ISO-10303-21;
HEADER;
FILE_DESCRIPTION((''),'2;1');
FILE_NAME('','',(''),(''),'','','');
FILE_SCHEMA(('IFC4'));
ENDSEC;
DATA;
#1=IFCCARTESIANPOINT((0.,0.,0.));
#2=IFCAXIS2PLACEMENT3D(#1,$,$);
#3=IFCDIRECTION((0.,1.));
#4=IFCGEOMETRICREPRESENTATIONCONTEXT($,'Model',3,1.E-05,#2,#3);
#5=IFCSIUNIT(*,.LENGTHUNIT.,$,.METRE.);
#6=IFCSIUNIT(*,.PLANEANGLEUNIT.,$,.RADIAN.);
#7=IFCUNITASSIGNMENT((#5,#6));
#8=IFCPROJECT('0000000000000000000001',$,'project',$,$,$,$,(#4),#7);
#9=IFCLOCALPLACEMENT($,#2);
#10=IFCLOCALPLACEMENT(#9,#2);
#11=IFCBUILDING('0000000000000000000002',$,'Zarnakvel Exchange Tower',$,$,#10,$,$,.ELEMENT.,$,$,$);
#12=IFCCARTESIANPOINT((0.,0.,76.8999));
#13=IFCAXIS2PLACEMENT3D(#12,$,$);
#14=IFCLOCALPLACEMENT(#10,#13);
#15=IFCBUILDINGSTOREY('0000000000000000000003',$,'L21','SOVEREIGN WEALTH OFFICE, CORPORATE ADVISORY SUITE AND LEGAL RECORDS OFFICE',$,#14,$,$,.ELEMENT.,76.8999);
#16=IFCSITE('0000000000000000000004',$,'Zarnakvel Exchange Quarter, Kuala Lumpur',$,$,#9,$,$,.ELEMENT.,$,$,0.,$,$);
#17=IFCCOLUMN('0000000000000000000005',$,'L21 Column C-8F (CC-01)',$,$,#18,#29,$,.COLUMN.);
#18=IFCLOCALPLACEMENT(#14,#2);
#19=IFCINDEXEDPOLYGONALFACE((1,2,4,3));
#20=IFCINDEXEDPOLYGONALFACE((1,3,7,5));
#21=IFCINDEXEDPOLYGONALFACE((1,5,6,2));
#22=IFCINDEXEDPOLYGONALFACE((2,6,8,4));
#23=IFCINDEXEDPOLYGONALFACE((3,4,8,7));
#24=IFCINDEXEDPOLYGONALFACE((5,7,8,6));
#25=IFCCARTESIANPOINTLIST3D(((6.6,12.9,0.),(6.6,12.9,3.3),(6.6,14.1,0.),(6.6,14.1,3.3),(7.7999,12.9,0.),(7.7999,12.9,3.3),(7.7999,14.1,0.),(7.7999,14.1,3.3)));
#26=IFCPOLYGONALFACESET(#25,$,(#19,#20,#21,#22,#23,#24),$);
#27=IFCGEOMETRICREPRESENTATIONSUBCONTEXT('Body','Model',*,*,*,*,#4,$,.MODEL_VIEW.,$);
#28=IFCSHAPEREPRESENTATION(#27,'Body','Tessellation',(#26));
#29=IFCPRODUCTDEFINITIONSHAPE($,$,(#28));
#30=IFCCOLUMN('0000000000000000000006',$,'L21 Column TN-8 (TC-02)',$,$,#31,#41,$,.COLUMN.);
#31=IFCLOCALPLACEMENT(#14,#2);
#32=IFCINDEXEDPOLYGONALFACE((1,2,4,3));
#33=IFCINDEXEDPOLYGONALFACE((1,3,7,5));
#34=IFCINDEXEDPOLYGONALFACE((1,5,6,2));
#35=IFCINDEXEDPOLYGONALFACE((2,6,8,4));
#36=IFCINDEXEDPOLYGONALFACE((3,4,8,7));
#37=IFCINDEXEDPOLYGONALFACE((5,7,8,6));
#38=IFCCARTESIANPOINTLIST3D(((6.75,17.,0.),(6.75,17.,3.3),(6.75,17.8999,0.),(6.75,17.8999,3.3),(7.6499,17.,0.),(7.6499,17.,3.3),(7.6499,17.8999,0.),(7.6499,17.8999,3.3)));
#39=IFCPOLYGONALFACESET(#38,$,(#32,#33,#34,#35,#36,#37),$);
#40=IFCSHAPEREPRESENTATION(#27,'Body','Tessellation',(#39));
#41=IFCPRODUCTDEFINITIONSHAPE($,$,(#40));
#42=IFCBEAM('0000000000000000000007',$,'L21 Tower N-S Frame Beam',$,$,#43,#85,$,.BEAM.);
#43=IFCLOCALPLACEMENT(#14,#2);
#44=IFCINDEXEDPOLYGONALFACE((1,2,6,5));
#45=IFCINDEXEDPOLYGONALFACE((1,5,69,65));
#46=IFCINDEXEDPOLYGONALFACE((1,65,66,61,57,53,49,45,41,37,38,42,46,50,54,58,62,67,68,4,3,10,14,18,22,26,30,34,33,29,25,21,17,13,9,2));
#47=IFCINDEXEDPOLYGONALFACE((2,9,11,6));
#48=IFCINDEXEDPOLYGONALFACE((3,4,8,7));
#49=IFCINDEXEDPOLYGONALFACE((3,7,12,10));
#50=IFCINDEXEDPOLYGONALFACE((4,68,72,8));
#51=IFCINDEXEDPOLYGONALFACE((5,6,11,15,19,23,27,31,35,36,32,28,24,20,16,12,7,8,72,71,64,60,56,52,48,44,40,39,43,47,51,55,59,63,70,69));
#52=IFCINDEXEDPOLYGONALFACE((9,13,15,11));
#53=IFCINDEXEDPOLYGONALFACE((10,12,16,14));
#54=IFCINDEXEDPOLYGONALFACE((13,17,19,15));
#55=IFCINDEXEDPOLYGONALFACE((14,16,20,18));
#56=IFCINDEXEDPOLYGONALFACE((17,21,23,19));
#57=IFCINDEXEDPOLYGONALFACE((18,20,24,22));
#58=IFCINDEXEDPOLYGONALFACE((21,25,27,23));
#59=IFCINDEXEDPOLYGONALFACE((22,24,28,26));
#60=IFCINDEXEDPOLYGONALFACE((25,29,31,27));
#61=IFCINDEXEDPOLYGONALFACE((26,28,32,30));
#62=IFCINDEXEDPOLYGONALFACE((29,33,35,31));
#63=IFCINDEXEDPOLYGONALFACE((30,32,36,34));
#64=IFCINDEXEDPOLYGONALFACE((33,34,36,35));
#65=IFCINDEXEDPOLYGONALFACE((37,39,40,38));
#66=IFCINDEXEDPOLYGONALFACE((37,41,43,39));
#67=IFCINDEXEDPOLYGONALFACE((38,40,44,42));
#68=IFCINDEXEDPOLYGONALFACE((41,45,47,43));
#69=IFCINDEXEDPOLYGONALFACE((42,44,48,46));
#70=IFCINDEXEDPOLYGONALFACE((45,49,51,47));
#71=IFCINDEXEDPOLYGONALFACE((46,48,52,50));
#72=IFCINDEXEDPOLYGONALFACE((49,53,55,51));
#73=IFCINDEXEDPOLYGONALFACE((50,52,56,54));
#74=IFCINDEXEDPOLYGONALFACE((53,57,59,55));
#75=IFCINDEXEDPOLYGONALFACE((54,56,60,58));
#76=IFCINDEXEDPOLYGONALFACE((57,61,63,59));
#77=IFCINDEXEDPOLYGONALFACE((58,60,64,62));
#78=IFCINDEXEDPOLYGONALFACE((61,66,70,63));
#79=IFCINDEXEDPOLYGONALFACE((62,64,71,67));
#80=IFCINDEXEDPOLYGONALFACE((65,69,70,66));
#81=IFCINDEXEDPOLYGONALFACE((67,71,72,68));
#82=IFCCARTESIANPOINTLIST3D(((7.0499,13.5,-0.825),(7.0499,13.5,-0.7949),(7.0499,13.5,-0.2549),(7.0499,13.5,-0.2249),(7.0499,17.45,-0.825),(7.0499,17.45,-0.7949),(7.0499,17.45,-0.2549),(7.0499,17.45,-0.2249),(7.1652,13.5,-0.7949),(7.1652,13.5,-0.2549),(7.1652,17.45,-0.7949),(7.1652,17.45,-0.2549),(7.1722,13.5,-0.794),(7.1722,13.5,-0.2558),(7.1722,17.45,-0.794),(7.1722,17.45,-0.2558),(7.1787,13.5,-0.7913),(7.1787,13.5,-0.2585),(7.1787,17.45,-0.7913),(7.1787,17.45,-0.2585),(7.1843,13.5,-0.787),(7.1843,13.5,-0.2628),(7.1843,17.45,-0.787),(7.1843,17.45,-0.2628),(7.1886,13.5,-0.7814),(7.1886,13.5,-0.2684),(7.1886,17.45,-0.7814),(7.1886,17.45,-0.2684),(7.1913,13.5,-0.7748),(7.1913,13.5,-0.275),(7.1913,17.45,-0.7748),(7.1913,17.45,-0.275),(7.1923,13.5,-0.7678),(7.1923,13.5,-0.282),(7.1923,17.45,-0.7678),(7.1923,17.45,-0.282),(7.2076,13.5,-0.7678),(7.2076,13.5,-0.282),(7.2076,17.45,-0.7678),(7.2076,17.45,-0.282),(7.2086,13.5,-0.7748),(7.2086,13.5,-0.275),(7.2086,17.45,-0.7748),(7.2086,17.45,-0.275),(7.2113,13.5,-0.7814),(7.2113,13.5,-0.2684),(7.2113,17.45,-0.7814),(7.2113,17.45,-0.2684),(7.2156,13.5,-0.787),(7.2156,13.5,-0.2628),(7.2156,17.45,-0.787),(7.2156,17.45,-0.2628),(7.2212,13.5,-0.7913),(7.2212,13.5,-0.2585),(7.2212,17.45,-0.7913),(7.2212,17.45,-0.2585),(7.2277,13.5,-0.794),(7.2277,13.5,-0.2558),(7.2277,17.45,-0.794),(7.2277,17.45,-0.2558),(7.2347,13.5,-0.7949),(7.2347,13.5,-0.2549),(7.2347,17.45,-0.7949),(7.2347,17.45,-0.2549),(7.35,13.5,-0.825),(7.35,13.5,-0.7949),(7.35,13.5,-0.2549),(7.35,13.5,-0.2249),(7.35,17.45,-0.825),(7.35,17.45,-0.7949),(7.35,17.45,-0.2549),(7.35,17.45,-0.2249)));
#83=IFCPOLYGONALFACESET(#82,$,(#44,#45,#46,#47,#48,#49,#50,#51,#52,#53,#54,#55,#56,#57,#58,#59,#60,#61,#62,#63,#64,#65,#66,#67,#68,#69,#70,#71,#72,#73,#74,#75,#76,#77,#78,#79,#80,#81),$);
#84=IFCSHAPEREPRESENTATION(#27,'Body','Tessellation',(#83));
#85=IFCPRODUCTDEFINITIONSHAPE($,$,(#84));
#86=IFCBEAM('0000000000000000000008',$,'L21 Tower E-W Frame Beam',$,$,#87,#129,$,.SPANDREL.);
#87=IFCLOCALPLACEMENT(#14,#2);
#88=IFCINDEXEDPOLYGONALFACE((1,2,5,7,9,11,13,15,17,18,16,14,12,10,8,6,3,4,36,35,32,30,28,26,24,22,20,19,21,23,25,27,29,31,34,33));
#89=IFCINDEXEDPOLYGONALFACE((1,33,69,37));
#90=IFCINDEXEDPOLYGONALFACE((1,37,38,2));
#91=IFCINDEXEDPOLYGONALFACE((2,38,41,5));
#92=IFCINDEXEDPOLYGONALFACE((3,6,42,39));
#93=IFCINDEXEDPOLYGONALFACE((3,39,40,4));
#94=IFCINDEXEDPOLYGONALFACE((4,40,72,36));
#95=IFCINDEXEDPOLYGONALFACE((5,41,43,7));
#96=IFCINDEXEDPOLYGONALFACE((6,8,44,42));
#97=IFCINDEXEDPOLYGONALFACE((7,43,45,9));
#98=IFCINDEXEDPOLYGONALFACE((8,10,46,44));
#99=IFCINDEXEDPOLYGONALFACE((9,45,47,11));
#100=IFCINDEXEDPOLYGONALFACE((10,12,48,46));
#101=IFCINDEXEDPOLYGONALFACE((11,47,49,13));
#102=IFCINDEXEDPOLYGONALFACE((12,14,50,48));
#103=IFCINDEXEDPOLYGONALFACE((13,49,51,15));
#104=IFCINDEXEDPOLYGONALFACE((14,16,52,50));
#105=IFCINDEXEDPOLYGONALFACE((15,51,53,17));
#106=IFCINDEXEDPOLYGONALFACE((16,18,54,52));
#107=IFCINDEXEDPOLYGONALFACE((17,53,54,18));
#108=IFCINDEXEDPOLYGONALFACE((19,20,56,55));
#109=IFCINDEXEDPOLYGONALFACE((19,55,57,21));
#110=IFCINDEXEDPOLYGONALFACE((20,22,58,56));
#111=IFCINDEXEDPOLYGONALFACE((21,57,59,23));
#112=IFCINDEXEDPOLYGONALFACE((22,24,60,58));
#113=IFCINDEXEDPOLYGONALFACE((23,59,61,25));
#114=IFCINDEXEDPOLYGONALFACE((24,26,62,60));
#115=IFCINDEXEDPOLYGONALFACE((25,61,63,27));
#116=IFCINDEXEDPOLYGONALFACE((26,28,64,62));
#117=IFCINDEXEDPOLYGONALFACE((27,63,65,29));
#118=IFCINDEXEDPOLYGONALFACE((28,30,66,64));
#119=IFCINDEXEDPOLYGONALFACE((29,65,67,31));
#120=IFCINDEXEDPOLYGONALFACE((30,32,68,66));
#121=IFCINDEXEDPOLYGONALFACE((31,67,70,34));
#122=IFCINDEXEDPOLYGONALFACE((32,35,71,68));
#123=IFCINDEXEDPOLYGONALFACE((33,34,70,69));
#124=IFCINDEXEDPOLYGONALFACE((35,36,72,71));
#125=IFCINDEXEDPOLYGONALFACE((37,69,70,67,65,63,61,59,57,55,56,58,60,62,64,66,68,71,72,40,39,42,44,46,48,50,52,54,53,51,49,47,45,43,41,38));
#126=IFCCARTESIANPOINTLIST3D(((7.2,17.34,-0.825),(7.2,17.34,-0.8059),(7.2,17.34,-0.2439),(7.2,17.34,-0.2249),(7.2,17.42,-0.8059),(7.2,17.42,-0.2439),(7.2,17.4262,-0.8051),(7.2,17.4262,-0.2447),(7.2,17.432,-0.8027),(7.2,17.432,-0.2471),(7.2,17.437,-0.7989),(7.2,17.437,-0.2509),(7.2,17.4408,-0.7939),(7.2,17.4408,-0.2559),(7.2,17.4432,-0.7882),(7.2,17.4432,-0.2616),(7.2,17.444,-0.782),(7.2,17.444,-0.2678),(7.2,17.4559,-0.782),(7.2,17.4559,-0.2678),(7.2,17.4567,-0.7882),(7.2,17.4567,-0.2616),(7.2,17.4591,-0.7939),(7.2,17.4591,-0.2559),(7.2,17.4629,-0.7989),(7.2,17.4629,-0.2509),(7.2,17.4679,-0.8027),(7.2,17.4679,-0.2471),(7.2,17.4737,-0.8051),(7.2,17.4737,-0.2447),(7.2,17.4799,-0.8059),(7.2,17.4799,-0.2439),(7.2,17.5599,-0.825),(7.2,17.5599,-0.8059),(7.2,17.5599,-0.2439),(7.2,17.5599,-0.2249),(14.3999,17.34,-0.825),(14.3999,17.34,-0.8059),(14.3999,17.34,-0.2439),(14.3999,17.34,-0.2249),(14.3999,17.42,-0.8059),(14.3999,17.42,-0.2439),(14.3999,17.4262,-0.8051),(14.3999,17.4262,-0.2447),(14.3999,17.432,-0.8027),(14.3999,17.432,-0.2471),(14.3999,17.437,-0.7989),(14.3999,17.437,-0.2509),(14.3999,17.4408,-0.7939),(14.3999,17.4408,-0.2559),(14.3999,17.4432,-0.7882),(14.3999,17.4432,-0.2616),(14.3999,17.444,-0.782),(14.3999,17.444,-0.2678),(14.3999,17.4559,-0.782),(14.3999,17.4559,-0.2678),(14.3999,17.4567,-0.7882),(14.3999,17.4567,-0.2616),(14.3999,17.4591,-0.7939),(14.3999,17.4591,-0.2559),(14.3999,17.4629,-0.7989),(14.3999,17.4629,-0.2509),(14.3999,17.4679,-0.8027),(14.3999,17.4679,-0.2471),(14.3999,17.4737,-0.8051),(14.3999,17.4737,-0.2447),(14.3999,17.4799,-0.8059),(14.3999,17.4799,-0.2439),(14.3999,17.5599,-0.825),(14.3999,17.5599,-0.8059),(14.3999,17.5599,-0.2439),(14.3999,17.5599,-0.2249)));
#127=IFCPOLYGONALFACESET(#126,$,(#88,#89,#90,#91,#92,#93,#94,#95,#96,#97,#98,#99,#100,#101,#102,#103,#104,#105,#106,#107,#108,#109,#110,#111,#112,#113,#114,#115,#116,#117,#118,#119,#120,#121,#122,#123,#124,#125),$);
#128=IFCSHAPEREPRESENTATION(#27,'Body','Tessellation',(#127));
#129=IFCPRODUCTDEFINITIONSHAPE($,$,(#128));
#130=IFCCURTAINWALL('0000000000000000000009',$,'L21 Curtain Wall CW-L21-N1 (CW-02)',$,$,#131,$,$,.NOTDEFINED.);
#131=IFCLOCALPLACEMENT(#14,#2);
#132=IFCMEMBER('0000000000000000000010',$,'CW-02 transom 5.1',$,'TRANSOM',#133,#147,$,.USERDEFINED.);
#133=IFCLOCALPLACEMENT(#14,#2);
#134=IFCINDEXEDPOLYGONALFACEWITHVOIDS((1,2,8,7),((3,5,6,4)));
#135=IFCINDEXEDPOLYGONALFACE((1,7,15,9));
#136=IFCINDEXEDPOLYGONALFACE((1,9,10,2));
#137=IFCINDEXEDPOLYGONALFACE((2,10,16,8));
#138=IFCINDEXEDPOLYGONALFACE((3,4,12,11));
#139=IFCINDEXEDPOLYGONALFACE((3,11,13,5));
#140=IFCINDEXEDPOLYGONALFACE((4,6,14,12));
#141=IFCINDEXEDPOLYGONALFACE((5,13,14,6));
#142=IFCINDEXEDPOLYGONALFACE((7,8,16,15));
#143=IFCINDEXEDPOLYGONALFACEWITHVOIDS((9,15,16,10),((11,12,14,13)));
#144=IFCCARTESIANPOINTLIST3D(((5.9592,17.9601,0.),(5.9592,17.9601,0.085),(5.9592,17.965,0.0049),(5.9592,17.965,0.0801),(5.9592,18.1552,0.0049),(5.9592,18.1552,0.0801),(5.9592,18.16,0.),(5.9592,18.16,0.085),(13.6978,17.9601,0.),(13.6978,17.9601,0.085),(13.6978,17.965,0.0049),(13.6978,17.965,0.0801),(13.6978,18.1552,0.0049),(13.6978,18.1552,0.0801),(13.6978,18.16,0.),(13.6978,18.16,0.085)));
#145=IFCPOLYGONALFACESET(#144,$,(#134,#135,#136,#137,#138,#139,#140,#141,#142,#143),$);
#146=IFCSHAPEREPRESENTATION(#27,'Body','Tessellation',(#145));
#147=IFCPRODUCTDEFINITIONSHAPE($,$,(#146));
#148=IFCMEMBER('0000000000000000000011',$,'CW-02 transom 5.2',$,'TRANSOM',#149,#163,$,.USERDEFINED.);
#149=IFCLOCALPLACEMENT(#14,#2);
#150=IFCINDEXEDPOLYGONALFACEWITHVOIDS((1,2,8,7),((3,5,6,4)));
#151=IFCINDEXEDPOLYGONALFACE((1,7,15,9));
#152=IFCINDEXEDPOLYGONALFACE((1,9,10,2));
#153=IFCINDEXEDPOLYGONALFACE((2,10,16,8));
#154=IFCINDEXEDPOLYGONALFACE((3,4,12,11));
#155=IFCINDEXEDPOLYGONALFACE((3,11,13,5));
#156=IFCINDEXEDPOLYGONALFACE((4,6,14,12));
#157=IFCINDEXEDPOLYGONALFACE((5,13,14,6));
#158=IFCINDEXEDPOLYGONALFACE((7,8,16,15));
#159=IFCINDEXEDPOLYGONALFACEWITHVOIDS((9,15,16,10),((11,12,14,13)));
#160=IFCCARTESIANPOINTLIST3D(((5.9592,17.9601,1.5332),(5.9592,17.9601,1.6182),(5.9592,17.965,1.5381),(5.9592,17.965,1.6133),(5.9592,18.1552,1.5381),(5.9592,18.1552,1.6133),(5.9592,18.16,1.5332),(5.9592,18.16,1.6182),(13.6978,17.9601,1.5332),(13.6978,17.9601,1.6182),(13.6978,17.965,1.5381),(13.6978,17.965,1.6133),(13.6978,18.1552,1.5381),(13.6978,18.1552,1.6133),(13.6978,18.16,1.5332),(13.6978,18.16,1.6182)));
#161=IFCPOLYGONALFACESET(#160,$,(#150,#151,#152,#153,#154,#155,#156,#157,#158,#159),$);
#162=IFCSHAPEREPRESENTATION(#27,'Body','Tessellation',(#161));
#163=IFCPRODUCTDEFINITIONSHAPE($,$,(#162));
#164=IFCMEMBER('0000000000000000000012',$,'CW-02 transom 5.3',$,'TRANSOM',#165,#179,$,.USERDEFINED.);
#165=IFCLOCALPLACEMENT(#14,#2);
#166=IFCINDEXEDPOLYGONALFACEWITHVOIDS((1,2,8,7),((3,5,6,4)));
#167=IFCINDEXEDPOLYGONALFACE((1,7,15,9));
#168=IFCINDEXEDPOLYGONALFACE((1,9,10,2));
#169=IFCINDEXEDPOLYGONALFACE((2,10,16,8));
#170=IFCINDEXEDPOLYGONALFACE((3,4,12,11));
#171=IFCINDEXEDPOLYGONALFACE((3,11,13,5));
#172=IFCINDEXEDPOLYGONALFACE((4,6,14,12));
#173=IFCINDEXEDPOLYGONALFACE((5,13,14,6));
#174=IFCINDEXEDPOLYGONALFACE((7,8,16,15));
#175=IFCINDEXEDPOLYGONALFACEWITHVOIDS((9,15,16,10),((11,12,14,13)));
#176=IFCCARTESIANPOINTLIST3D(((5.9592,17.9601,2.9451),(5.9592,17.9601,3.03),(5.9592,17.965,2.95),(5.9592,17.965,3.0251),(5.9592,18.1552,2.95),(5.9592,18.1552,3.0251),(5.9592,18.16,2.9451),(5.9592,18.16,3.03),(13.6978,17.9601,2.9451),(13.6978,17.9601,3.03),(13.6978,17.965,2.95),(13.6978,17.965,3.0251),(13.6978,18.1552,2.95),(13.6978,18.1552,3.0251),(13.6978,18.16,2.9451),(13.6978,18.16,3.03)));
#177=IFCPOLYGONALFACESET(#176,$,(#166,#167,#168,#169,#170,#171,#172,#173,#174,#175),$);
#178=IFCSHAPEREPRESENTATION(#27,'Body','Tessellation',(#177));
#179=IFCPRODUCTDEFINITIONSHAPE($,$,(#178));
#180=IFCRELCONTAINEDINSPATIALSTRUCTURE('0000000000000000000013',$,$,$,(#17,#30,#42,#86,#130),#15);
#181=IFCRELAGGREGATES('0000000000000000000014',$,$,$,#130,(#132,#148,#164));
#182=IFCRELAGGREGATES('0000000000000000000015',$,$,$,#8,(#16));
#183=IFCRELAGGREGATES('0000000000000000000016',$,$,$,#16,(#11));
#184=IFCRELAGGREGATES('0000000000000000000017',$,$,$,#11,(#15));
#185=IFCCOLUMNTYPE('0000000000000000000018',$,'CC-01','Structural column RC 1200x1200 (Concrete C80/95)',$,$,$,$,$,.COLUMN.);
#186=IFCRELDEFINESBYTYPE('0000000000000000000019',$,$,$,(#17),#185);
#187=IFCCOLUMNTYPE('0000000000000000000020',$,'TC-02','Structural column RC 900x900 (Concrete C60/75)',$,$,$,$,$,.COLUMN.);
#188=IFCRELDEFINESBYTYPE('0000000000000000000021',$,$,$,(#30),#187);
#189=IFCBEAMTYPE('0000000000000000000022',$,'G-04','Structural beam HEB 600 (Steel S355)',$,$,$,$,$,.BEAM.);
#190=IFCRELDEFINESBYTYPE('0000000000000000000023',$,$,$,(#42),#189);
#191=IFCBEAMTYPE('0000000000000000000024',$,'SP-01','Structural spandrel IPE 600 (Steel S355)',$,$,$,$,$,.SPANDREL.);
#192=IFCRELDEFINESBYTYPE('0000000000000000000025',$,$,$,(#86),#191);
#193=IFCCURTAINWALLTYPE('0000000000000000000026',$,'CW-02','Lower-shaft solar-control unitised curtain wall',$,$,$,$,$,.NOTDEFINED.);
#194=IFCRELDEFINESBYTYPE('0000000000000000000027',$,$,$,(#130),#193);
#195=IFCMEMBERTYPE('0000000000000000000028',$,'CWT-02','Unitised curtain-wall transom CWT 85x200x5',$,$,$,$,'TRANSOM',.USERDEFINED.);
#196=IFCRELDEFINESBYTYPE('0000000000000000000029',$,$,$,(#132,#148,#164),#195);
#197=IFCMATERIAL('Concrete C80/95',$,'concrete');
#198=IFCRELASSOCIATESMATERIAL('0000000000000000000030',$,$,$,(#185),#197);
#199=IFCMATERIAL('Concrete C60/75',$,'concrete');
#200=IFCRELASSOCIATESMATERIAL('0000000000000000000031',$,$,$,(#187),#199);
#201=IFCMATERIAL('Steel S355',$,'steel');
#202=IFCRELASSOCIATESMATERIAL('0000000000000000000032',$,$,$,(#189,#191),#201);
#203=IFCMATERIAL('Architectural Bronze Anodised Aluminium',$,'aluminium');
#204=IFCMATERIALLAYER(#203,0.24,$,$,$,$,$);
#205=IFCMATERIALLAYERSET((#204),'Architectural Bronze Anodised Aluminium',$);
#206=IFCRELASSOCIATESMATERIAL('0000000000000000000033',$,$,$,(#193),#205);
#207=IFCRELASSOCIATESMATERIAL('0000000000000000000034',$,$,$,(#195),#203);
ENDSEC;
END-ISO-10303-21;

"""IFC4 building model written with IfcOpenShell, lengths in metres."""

from ifc_helpers import new_model, si_unit, direction, frame, origin, origin_2d, place, context, subcontext, project, spatial, rectangle, hollow_rectangle, i_section, extrude, source, transform, mapped, material, layer, layer_set, material_profile, profile_set, type_object, element, aggregate, save


model = new_model("IFC4")

# Units and contexts
model_context = context("Model", 3, precision=1e-05, world=origin(), true_north=direction((0.0, 1.0)))
body_context = subcontext(model_context, "Body", "Model", "MODEL_VIEW")
ifc_project = project(units=[si_unit("LENGTHUNIT", "METRE"), si_unit("PLANEANGLEUNIT", "RADIAN")], contexts=[model_context])

# Site, building, storey
site_placement = place(None, origin())
site = spatial("IfcSite", under=ifc_project, at=site_placement, Name="Zarnakvel Exchange Quarter, Kuala Lumpur", CompositionType="ELEMENT", RefElevation=0.0)
building_placement = place(site_placement, origin())
building = spatial("IfcBuilding", under=site, at=building_placement, Name="Zarnakvel Exchange Tower", CompositionType="ELEMENT")
storey_placement = place(building_placement, frame((0.0, 0.0, 76.8999)))
storey = spatial("IfcBuildingStorey", under=building, at=storey_placement, Name="L21", Description="SOVEREIGN WEALTH OFFICE, CORPORATE ADVISORY SUITE AND LEGAL RECORDS OFFICE", CompositionType="ELEMENT", Elevation=76.8999)

# Columns
ifc_material_1 = material(Name="Concrete C80/95", Category="concrete")
ifc_material_profile_1 = material_profile(ifc_material_1, rectangle(XDim=1.2, YDim=1.2, at=origin_2d()))
ifc_profile_set_1 = profile_set([ifc_material_profile_1], Name="Concrete C80/95")
column_type_1 = type_object("IfcColumnType", Name="CC-01", Description="Structural column RC 1200x1200 (Concrete C80/95)", PredefinedType="COLUMN", material=ifc_profile_set_1)
column_1_placement = place(storey_placement, frame((7.2, 13.5, 0.0), z_axis=(0.0, 0.0, 1.0), x_axis=(1.0, 0.0, 0.0)))
element("IfcColumn", 1, at=column_1_placement, inside=storey, type_object=column_type_1, Name="L21 Column C-8F (CC-01)", PredefinedType="COLUMN", context=body_context, shape_type="SweptSolid", body=[
    extrude(rectangle(XDim=1.2, YDim=1.2, at=origin_2d()), origin(), (0.0, 0.0, 1.0), 3.3),
])
ifc_material_2 = material(Name="Concrete C60/75", Category="concrete")
ifc_material_profile_2 = material_profile(ifc_material_2, rectangle(XDim=0.8999, YDim=0.8999, at=origin_2d()))
ifc_profile_set_2 = profile_set([ifc_material_profile_2], Name="Concrete C60/75")
column_type_2 = type_object("IfcColumnType", Name="TC-02", Description="Structural column RC 900x900 (Concrete C60/75)", PredefinedType="COLUMN", material=ifc_profile_set_2)
column_2_placement = place(storey_placement, frame((7.2, 17.45, 0.0), z_axis=(0.0, 0.0, 1.0), x_axis=(1.0, 0.0, 0.0)))
element("IfcColumn", 2, at=column_2_placement, inside=storey, type_object=column_type_2, Name="L21 Column TN-8 (TC-02)", PredefinedType="COLUMN", context=body_context, shape_type="SweptSolid", body=[
    extrude(rectangle(XDim=0.8999, YDim=0.8999, at=origin_2d()), origin(), (0.0, 0.0, 1.0), 3.3),
])

# Beams
ifc_material_3 = material(Name="Steel S355", Category="steel")
ifc_material_profile_3 = material_profile(ifc_material_3, i_section(OverallWidth=0.3, OverallDepth=0.6001, WebThickness=0.0154, FlangeThickness=0.03, FilletRadius=0.0271, at=origin_2d()))
ifc_profile_set_3 = profile_set([ifc_material_profile_3], Name="Steel S355")
beam_type_1 = type_object("IfcBeamType", Name="G-04", Description="Structural beam HEB 600 (Steel S355)", PredefinedType="BEAM", material=ifc_profile_set_3)
beam_1_placement = place(storey_placement, frame((7.2, 13.5, -0.5249), z_axis=(0.0, 1.0, 0.0), x_axis=(-1.0, 0.0, 0.0)))
element("IfcBeam", 3, at=beam_1_placement, inside=storey, type_object=beam_type_1, Name="L21 Tower N-S Frame Beam", PredefinedType="BEAM", context=body_context, shape_type="SweptSolid", body=[
    extrude(i_section(OverallWidth=0.3, OverallDepth=0.6001, WebThickness=0.0154, FlangeThickness=0.03, FilletRadius=0.0271, at=origin_2d()), origin(), (0.0, 0.0, 1.0), 3.95),
])
ifc_material_profile_4 = material_profile(ifc_material_3, i_section(OverallWidth=0.22, OverallDepth=0.6001, WebThickness=0.012, FlangeThickness=0.019, FilletRadius=0.0239, at=origin_2d()))
ifc_profile_set_4 = profile_set([ifc_material_profile_4], Name="Steel S355")
beam_type_2 = type_object("IfcBeamType", Name="SP-01", Description="Structural spandrel IPE 600 (Steel S355)", PredefinedType="SPANDREL", material=ifc_profile_set_4)
beam_2_placement = place(storey_placement, frame((7.2, 17.45, -0.5249), z_axis=(1.0, 0.0, 0.0), x_axis=(0.0, 1.0, 0.0)))
element("IfcBeam", 4, at=beam_2_placement, inside=storey, type_object=beam_type_2, Name="L21 Tower E-W Frame Beam", PredefinedType="SPANDREL", context=body_context, shape_type="SweptSolid", body=[
    extrude(i_section(OverallWidth=0.22, OverallDepth=0.6001, WebThickness=0.012, FlangeThickness=0.019, FilletRadius=0.0239, at=origin_2d()), origin(), (0.0, 0.0, 1.0), 7.2),
])

# Curtain wall, members
ifc_material_4 = material(Name="Architectural Bronze Anodised Aluminium", Category="aluminium")
ifc_layer_1 = layer(ifc_material_4, 0.24)
ifc_layer_set_1 = layer_set([ifc_layer_1], Name="Architectural Bronze Anodised Aluminium")
curtain_wall_type = type_object("IfcCurtainWallType", Name="CW-02", Description="Lower-shaft solar-control unitised curtain wall", PredefinedType="NOTDEFINED", material=ifc_layer_set_1)
curtain_wall_placement = place(storey_placement, origin())
curtain_wall = element("IfcCurtainWall", 5, at=curtain_wall_placement, inside=storey, type_object=curtain_wall_type, Name="L21 Curtain Wall CW-L21-N1 (CW-02)", PredefinedType="NOTDEFINED")
ifc_material_profile_5 = material_profile(ifc_material_4, hollow_rectangle(XDim=0.2, YDim=0.085, WallThickness=0.0049, at=origin_2d()))
ifc_profile_set_5 = profile_set([ifc_material_profile_5], Name="Architectural Bronze Anodised Aluminium")
member_type_1 = type_object("IfcMemberType", Name="CWT-02", Description="Unitised curtain-wall transom CWT 85x200x5", ElementType="TRANSOM", PredefinedType="USERDEFINED", material=ifc_profile_set_5)
shared_shape_1 = source(origin(), body_context, "Body", "SweptSolid", [
    extrude(hollow_rectangle(XDim=0.2, YDim=0.085, WallThickness=0.0049, at=origin_2d()), origin(), (0.0, 0.0, 1.0), 7.7385),
])
member_1_placement = place(storey_placement, frame((5.9592, 18.0601, 0.0425), z_axis=(1.0, 0.0, 0.0), x_axis=(0.0, 1.0, 0.0)))
member_1 = element("IfcMember", 6, at=member_1_placement, type_object=member_type_1, Name="CW-02 transom 5.1", ObjectType="TRANSOM", PredefinedType="USERDEFINED", context=body_context, shape_type="MappedRepresentation", body=[
    mapped(shared_shape_1, transform((0.0, 0.0, 0.0), x_axis=(1.0, 0.0, 0.0), y_axis=(0.0, 1.0, 0.0), z_axis=(0.0, 0.0, 1.0), scale=1.0)),
])
member_2_placement = place(storey_placement, frame((5.9592, 18.0601, 1.5757), z_axis=(1.0, 0.0, 0.0), x_axis=(0.0, 1.0, 0.0)))
member_2 = element("IfcMember", 7, at=member_2_placement, type_object=member_type_1, Name="CW-02 transom 5.2", ObjectType="TRANSOM", PredefinedType="USERDEFINED", context=body_context, shape_type="MappedRepresentation", body=[
    mapped(shared_shape_1, transform((0.0, 0.0, 0.0), x_axis=(1.0, 0.0, 0.0), y_axis=(0.0, 1.0, 0.0), z_axis=(0.0, 0.0, 1.0), scale=1.0)),
])
member_3_placement = place(storey_placement, frame((5.9592, 18.0601, 2.9875), z_axis=(1.0, 0.0, 0.0), x_axis=(0.0, 1.0, 0.0)))
member_3 = element("IfcMember", 8, at=member_3_placement, type_object=member_type_1, Name="CW-02 transom 5.3", ObjectType="TRANSOM", PredefinedType="USERDEFINED", context=body_context, shape_type="MappedRepresentation", body=[
    mapped(shared_shape_1, transform((0.0, 0.0, 0.0), x_axis=(1.0, 0.0, 0.0), y_axis=(0.0, 1.0, 0.0), z_axis=(0.0, 0.0, 1.0), scale=1.0)),
])
aggregate(curtain_wall, [member_1, member_2, member_3])

save(model, "model.ifc")
